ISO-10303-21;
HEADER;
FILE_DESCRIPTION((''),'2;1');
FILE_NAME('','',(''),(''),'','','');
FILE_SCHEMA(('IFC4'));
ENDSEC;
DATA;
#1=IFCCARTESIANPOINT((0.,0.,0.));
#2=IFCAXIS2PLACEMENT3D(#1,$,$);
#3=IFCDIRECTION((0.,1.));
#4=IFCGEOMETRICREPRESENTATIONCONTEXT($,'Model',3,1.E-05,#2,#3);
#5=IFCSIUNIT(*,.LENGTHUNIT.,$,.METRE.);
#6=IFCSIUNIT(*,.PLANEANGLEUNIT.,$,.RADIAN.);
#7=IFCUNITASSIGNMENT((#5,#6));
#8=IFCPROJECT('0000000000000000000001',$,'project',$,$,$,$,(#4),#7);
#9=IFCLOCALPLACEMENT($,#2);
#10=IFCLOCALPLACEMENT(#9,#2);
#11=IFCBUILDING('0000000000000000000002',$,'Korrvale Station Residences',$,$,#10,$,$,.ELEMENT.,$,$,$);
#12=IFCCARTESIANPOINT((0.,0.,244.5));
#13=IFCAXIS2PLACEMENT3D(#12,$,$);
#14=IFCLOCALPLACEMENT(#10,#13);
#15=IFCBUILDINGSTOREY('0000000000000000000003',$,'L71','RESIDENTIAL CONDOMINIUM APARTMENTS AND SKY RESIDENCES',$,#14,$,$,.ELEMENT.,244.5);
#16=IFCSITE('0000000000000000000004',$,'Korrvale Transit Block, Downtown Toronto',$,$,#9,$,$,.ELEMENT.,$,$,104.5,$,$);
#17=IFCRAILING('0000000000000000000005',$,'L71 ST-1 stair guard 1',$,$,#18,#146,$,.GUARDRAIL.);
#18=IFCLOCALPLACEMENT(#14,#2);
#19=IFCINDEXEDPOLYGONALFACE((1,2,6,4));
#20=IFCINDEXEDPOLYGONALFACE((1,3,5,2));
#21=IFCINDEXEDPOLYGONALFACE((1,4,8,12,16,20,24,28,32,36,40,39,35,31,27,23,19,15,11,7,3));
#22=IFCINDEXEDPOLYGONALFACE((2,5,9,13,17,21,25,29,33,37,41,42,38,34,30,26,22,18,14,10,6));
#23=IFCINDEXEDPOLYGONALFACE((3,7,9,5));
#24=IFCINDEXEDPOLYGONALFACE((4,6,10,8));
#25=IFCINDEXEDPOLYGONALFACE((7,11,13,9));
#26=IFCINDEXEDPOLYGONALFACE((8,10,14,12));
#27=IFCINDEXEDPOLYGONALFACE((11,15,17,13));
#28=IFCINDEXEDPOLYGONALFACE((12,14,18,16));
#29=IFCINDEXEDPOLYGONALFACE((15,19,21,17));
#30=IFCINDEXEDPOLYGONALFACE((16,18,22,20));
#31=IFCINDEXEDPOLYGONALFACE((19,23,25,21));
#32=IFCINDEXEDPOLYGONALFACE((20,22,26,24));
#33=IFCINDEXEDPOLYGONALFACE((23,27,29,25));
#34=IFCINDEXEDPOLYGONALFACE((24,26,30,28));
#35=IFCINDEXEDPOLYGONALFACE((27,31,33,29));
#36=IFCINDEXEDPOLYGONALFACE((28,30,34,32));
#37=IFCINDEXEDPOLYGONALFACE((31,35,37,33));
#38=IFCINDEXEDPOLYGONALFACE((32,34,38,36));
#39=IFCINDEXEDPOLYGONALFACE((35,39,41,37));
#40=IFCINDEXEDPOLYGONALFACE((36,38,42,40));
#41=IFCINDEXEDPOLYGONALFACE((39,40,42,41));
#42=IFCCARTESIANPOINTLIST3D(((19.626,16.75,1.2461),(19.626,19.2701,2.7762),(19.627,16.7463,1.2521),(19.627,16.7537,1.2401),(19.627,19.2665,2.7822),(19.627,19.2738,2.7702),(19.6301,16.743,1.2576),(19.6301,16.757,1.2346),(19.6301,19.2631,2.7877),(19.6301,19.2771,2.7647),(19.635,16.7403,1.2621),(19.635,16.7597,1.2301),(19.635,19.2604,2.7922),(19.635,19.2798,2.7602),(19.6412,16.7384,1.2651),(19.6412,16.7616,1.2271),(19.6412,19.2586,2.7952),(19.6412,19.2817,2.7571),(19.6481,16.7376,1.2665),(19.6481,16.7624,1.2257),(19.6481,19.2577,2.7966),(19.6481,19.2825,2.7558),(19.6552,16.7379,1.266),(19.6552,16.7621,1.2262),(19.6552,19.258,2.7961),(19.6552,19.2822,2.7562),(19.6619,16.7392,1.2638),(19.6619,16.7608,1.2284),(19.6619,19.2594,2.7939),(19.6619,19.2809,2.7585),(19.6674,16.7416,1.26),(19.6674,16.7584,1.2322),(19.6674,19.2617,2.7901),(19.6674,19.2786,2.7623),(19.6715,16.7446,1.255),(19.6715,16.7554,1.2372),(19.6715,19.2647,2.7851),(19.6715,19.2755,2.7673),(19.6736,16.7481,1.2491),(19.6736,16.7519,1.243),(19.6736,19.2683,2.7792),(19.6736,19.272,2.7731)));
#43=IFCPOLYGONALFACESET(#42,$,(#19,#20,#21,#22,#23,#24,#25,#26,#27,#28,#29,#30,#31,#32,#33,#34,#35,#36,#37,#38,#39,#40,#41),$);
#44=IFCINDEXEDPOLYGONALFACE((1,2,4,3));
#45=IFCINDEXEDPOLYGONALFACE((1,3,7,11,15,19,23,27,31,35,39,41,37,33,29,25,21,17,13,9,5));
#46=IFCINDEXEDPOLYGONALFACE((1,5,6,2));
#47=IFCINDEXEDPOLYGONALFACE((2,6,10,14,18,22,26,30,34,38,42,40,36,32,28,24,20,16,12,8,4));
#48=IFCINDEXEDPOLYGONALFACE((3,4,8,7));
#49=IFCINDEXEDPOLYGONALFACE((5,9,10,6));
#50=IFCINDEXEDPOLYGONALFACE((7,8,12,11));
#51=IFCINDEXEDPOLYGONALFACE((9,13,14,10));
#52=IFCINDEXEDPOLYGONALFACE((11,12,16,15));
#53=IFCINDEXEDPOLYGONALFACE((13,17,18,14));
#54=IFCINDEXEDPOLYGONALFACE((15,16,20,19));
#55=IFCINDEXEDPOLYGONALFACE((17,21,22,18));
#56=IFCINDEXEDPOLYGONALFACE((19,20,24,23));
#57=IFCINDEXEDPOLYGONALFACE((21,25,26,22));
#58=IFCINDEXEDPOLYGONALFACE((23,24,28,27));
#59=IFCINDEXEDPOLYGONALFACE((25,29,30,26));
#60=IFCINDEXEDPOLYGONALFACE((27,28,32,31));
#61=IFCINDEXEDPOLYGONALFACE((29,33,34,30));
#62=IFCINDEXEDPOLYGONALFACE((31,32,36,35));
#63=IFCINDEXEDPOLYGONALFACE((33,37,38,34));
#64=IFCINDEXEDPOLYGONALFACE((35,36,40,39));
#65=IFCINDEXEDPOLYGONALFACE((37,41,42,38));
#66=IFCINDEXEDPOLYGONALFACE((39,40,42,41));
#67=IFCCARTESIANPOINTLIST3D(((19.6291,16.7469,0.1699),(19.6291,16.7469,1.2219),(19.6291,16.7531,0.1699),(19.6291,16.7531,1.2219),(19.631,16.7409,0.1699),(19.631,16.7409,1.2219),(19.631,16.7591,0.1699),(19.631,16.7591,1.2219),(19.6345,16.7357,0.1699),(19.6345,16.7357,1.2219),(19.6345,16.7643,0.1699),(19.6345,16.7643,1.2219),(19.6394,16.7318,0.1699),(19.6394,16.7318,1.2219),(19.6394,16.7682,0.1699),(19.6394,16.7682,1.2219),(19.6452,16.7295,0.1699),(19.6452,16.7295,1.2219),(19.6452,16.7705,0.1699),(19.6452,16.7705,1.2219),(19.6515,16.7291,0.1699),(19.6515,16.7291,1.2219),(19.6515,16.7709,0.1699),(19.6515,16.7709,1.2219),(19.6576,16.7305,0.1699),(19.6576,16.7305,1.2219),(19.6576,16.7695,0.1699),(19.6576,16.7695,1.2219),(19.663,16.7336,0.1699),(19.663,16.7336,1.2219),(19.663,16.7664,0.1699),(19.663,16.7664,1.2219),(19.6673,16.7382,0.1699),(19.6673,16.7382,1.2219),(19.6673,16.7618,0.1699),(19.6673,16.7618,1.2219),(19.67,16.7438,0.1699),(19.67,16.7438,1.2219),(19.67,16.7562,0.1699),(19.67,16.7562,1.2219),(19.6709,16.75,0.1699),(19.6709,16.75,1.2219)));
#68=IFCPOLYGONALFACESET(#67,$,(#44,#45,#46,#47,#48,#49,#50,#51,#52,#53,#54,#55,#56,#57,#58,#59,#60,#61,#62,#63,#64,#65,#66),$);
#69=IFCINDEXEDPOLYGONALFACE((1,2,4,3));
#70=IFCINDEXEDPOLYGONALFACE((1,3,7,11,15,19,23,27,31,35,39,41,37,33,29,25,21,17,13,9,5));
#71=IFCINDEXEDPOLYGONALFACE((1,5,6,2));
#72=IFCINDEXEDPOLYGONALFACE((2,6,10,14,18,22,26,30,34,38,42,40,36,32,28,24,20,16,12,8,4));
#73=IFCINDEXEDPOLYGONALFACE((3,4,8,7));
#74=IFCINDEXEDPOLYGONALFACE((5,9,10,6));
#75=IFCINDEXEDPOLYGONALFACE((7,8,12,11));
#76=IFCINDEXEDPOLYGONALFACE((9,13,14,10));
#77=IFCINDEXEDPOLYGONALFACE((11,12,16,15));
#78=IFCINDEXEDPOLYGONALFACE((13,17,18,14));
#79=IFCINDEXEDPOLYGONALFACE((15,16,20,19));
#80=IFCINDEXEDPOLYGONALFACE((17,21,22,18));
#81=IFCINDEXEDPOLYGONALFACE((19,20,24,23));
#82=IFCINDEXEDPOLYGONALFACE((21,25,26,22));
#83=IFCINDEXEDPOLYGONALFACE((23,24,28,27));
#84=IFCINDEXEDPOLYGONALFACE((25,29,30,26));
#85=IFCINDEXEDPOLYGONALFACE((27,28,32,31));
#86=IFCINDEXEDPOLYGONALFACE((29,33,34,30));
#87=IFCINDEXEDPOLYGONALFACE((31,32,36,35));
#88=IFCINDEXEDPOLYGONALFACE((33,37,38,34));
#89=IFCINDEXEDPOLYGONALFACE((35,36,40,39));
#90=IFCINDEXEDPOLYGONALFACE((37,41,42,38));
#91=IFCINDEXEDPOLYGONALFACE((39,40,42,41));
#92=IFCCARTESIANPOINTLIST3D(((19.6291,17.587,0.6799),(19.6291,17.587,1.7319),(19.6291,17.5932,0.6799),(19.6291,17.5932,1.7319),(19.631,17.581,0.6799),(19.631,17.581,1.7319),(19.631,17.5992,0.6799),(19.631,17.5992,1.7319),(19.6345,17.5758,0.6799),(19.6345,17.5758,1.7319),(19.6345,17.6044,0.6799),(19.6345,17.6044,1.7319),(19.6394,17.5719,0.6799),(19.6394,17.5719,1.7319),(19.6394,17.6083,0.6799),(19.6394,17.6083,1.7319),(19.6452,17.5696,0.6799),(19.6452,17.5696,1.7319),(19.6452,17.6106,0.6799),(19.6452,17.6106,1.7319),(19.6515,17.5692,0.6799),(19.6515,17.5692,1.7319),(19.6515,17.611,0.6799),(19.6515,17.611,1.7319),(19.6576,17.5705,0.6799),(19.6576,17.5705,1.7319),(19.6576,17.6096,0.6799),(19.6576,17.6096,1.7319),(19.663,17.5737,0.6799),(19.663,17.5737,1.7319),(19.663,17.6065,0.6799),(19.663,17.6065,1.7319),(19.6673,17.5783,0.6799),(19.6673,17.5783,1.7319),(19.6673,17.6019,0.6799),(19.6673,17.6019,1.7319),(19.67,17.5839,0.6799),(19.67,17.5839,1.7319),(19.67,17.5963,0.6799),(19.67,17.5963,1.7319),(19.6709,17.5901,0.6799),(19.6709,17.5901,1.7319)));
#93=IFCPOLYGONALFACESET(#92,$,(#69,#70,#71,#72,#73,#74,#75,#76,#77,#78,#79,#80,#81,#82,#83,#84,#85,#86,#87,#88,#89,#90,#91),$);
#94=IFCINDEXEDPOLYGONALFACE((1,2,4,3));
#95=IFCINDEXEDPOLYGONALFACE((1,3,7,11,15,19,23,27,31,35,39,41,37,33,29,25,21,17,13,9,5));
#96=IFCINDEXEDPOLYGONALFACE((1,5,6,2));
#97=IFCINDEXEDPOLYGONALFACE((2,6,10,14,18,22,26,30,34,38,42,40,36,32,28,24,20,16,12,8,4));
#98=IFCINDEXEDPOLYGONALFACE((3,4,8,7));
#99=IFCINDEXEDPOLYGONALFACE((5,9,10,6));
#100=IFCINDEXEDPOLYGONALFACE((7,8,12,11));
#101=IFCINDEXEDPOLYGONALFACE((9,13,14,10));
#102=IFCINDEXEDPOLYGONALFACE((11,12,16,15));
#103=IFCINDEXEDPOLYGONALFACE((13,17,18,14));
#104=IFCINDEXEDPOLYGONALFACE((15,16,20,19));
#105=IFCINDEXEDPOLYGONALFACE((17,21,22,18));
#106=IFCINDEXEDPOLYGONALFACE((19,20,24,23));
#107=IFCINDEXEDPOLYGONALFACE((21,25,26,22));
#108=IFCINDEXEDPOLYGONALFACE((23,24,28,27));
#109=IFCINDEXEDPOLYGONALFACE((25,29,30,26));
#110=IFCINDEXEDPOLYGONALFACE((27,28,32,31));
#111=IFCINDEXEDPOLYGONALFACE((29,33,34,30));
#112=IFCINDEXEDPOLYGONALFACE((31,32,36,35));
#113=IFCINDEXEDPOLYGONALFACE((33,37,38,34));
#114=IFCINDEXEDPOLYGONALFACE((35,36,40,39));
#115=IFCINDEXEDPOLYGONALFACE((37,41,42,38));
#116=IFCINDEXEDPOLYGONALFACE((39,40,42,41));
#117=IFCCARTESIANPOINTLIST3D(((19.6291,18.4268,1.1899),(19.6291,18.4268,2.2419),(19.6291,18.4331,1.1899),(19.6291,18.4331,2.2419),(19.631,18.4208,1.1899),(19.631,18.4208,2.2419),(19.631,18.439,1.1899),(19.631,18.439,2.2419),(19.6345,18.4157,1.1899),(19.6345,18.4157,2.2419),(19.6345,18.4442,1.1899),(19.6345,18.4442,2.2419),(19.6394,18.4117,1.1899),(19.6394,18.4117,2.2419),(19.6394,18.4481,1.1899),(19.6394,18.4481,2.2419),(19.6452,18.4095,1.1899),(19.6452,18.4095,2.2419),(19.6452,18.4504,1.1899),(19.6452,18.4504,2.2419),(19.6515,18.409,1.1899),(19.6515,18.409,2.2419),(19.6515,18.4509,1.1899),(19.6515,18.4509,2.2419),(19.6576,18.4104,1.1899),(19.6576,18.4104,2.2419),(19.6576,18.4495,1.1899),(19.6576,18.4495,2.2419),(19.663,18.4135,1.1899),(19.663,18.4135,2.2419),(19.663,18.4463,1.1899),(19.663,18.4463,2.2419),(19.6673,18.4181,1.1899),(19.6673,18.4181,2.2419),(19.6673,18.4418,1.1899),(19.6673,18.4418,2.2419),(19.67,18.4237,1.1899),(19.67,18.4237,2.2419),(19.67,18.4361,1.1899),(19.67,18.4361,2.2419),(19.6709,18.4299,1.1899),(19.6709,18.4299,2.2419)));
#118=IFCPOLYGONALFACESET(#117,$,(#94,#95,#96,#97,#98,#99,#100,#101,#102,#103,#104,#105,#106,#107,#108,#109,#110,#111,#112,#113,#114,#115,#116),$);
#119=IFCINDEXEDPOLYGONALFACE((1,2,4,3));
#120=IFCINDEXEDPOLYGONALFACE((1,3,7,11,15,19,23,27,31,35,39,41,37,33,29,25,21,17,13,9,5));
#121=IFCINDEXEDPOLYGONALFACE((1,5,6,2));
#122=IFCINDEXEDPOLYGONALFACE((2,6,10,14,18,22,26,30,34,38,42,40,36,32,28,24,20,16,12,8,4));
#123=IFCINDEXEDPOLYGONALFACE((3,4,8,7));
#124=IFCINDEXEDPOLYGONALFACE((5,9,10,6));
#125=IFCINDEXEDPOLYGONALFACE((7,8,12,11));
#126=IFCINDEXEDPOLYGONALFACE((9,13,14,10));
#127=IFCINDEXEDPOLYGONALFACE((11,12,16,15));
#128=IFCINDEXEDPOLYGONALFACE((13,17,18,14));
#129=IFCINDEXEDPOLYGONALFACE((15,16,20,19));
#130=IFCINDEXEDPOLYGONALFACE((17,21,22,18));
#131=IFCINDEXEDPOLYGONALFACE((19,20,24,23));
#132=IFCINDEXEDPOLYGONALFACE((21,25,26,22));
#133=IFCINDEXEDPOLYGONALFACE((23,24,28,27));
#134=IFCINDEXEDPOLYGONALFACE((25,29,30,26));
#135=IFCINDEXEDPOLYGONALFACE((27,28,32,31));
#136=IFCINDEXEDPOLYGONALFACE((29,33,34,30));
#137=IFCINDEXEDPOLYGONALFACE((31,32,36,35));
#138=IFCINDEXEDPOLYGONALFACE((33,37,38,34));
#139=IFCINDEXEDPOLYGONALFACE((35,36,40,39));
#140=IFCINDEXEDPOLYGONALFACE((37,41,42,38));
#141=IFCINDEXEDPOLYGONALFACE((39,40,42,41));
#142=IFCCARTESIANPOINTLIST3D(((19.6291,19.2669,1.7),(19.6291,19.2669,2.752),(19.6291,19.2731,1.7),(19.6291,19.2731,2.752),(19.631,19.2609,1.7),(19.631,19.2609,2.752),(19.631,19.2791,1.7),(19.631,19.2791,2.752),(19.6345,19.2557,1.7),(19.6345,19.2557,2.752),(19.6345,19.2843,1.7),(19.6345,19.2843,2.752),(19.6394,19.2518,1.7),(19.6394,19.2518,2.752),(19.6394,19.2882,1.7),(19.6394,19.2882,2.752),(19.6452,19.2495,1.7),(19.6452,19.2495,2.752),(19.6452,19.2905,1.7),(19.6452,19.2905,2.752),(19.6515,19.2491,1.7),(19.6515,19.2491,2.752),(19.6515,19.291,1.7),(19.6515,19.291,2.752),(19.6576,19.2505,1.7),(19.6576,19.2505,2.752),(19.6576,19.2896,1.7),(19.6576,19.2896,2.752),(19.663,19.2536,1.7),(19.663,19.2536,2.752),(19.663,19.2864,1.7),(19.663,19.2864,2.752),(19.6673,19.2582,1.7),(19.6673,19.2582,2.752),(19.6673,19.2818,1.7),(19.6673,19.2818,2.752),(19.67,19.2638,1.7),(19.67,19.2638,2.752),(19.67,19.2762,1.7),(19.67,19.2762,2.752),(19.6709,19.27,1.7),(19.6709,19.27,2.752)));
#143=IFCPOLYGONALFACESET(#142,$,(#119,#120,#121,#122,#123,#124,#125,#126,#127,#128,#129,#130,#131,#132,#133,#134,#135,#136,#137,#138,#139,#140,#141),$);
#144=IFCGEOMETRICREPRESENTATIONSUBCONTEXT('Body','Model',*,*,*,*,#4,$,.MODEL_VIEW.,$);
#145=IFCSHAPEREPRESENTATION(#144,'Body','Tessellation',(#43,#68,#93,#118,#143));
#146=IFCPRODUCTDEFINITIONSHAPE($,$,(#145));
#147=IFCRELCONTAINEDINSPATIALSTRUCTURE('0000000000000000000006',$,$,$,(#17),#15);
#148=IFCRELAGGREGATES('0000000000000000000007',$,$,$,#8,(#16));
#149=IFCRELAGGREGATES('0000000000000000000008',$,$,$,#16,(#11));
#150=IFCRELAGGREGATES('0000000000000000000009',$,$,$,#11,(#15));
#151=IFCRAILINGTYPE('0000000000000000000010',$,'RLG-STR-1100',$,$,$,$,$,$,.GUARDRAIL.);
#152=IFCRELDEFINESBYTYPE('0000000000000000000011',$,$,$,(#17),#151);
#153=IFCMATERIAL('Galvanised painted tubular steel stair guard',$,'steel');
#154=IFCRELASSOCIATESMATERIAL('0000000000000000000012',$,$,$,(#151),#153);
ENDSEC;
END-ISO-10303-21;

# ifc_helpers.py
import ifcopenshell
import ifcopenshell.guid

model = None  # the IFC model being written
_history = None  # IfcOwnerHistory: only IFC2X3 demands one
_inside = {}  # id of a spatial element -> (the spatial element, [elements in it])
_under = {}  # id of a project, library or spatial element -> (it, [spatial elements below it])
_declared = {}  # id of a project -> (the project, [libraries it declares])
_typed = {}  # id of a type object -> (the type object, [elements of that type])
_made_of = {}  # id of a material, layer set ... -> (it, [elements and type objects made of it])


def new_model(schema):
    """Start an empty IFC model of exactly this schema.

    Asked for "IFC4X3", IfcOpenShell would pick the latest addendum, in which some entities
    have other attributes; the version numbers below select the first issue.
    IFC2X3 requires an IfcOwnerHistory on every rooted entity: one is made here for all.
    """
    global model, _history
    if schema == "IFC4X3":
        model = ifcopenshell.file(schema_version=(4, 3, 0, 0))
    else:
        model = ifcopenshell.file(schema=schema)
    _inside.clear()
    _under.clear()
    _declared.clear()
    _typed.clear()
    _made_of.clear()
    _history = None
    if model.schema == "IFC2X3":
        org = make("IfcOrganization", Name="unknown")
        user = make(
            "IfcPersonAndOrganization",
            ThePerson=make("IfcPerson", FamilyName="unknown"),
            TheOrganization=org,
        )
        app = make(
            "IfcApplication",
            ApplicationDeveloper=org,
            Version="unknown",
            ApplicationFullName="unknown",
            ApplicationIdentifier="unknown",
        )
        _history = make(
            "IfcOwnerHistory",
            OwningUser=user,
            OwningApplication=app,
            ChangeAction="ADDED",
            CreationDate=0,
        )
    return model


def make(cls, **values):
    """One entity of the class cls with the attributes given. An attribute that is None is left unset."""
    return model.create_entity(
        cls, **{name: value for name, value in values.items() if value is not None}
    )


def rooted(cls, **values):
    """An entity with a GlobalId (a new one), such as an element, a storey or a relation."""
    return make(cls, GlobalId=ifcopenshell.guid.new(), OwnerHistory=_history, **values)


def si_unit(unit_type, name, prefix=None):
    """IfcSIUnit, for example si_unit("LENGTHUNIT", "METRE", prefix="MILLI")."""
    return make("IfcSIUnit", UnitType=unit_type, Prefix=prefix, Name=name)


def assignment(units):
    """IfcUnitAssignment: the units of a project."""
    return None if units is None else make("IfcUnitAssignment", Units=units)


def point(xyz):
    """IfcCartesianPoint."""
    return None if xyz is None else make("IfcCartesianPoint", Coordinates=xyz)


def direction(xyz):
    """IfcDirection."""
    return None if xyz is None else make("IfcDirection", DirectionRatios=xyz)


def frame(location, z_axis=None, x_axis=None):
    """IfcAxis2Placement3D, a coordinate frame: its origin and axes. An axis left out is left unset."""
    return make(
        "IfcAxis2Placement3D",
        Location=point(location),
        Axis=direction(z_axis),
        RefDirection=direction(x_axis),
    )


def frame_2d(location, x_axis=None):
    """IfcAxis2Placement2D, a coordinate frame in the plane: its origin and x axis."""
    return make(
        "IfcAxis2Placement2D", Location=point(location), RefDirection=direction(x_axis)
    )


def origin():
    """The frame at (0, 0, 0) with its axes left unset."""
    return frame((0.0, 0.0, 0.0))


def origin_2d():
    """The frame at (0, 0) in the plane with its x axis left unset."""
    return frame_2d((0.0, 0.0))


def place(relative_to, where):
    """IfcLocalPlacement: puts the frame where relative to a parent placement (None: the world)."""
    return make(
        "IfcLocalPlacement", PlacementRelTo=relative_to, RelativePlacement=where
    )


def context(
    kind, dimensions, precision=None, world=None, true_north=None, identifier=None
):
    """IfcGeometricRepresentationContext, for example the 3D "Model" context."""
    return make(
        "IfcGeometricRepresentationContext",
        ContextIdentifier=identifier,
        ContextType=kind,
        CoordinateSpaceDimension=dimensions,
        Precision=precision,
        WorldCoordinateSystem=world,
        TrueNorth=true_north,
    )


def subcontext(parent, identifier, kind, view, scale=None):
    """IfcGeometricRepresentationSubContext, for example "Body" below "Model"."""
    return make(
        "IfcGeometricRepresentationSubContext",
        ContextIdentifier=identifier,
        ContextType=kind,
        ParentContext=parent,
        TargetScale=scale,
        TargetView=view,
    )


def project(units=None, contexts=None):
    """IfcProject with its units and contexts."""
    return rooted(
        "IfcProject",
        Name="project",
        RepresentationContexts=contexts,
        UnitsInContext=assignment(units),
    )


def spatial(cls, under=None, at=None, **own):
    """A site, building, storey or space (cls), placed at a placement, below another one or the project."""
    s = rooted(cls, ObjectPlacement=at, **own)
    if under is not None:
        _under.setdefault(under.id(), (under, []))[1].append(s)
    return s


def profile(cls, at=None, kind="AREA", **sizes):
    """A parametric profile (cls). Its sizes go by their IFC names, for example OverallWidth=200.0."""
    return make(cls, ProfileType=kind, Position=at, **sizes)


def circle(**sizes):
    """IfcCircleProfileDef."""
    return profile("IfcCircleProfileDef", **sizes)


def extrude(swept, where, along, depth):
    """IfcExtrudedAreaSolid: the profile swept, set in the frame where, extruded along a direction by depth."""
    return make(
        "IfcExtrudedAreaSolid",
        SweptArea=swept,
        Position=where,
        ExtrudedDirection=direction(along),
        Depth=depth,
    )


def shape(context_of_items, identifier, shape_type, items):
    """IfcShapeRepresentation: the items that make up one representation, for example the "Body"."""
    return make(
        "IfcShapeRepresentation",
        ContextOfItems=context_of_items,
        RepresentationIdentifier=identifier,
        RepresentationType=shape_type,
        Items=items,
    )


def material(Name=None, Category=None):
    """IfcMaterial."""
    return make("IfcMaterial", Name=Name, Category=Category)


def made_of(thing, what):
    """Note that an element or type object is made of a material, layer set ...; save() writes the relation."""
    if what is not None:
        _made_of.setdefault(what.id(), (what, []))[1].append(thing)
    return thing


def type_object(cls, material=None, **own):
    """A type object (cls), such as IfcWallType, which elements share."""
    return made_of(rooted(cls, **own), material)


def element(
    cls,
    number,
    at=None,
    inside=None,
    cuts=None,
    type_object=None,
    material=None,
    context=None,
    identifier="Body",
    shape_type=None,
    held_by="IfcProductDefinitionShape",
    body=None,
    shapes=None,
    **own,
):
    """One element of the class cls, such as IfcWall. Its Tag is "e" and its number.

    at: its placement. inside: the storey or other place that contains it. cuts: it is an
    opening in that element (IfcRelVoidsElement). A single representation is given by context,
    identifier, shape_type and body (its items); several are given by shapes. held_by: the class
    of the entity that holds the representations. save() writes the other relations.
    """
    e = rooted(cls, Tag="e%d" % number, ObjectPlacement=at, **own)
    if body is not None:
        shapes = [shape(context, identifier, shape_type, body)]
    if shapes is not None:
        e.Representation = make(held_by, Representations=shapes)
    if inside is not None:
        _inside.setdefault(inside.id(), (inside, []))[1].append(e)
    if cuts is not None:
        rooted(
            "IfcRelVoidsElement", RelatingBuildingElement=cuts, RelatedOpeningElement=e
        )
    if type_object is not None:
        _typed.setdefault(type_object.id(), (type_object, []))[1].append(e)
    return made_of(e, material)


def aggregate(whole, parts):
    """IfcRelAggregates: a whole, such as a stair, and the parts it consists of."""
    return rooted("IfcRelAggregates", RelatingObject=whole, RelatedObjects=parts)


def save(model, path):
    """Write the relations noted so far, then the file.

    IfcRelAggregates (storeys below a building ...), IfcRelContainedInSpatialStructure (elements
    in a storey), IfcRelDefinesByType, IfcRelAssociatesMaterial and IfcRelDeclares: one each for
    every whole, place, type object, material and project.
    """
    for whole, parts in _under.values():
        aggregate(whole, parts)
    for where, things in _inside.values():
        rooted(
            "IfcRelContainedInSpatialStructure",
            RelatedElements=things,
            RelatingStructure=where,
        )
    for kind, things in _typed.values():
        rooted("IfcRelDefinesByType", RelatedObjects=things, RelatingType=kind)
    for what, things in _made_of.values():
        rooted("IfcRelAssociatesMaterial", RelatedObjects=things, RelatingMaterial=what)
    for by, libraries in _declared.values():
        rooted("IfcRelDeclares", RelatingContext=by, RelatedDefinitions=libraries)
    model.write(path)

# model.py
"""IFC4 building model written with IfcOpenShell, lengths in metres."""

from ifc_helpers import new_model, si_unit, direction, frame, origin, origin_2d, place, context, subcontext, project, spatial, circle, extrude, material, type_object, element, save


model = new_model("IFC4")

# Units and contexts
model_context = context("Model", 3, precision=1e-05, world=origin(), true_north=direction((0.0, 1.0)))
body_context = subcontext(model_context, "Body", "Model", "MODEL_VIEW")
ifc_project = project(units=[si_unit("LENGTHUNIT", "METRE"), si_unit("PLANEANGLEUNIT", "RADIAN")], contexts=[model_context])

# Site, building, storey
site_placement = place(None, origin())
site = spatial("IfcSite", under=ifc_project, at=site_placement, Name="Korrvale Transit Block, Downtown Toronto", CompositionType="ELEMENT", RefElevation=104.5)
building_placement = place(site_placement, origin())
building = spatial("IfcBuilding", under=site, at=building_placement, Name="Korrvale Station Residences", CompositionType="ELEMENT")
storey_placement = place(building_placement, frame((0.0, 0.0, 244.5)))
storey = spatial("IfcBuildingStorey", under=building, at=storey_placement, Name="L71", Description="RESIDENTIAL CONDOMINIUM APARTMENTS AND SKY RESIDENCES", CompositionType="ELEMENT", Elevation=244.5)

# Railing
ifc_material_1 = material(Name="Galvanised painted tubular steel stair guard", Category="steel")
railing_type_1 = type_object("IfcRailingType", Name="RLG-STR-1100", PredefinedType="GUARDRAIL", material=ifc_material_1)
railing_1_placement = place(storey_placement, frame((19.6499, 16.75, 0.1699)))
element("IfcRailing", 1, at=railing_1_placement, inside=storey, type_object=railing_type_1, Name="L71 ST-1 stair guard 1", PredefinedType="GUARDRAIL", context=body_context, shape_type="SweptSolid", body=[
    extrude(circle(Radius=0.0239, at=origin_2d()), frame((0.0, 0.0, 1.0762), z_axis=(0.0, 0.854785, 0.518982), x_axis=(-1.0, 0.0, 0.0)), (0.0, 0.0, 1.0), 2.9482),
    extrude(circle(Radius=0.021, at=origin_2d()), origin(), (0.0, 0.0, 1.0), 1.052),
    extrude(circle(Radius=0.021, at=origin_2d()), frame((0.0, 0.8401, 0.51)), (0.0, 0.0, 1.0), 1.052),
    extrude(circle(Radius=0.021, at=origin_2d()), frame((0.0, 1.6799, 1.02)), (0.0, 0.0, 1.0), 1.052),
    extrude(circle(Radius=0.021, at=origin_2d()), frame((0.0, 2.52, 1.53)), (0.0, 0.0, 1.0), 1.052),
])

save(model, "model.ifc")
